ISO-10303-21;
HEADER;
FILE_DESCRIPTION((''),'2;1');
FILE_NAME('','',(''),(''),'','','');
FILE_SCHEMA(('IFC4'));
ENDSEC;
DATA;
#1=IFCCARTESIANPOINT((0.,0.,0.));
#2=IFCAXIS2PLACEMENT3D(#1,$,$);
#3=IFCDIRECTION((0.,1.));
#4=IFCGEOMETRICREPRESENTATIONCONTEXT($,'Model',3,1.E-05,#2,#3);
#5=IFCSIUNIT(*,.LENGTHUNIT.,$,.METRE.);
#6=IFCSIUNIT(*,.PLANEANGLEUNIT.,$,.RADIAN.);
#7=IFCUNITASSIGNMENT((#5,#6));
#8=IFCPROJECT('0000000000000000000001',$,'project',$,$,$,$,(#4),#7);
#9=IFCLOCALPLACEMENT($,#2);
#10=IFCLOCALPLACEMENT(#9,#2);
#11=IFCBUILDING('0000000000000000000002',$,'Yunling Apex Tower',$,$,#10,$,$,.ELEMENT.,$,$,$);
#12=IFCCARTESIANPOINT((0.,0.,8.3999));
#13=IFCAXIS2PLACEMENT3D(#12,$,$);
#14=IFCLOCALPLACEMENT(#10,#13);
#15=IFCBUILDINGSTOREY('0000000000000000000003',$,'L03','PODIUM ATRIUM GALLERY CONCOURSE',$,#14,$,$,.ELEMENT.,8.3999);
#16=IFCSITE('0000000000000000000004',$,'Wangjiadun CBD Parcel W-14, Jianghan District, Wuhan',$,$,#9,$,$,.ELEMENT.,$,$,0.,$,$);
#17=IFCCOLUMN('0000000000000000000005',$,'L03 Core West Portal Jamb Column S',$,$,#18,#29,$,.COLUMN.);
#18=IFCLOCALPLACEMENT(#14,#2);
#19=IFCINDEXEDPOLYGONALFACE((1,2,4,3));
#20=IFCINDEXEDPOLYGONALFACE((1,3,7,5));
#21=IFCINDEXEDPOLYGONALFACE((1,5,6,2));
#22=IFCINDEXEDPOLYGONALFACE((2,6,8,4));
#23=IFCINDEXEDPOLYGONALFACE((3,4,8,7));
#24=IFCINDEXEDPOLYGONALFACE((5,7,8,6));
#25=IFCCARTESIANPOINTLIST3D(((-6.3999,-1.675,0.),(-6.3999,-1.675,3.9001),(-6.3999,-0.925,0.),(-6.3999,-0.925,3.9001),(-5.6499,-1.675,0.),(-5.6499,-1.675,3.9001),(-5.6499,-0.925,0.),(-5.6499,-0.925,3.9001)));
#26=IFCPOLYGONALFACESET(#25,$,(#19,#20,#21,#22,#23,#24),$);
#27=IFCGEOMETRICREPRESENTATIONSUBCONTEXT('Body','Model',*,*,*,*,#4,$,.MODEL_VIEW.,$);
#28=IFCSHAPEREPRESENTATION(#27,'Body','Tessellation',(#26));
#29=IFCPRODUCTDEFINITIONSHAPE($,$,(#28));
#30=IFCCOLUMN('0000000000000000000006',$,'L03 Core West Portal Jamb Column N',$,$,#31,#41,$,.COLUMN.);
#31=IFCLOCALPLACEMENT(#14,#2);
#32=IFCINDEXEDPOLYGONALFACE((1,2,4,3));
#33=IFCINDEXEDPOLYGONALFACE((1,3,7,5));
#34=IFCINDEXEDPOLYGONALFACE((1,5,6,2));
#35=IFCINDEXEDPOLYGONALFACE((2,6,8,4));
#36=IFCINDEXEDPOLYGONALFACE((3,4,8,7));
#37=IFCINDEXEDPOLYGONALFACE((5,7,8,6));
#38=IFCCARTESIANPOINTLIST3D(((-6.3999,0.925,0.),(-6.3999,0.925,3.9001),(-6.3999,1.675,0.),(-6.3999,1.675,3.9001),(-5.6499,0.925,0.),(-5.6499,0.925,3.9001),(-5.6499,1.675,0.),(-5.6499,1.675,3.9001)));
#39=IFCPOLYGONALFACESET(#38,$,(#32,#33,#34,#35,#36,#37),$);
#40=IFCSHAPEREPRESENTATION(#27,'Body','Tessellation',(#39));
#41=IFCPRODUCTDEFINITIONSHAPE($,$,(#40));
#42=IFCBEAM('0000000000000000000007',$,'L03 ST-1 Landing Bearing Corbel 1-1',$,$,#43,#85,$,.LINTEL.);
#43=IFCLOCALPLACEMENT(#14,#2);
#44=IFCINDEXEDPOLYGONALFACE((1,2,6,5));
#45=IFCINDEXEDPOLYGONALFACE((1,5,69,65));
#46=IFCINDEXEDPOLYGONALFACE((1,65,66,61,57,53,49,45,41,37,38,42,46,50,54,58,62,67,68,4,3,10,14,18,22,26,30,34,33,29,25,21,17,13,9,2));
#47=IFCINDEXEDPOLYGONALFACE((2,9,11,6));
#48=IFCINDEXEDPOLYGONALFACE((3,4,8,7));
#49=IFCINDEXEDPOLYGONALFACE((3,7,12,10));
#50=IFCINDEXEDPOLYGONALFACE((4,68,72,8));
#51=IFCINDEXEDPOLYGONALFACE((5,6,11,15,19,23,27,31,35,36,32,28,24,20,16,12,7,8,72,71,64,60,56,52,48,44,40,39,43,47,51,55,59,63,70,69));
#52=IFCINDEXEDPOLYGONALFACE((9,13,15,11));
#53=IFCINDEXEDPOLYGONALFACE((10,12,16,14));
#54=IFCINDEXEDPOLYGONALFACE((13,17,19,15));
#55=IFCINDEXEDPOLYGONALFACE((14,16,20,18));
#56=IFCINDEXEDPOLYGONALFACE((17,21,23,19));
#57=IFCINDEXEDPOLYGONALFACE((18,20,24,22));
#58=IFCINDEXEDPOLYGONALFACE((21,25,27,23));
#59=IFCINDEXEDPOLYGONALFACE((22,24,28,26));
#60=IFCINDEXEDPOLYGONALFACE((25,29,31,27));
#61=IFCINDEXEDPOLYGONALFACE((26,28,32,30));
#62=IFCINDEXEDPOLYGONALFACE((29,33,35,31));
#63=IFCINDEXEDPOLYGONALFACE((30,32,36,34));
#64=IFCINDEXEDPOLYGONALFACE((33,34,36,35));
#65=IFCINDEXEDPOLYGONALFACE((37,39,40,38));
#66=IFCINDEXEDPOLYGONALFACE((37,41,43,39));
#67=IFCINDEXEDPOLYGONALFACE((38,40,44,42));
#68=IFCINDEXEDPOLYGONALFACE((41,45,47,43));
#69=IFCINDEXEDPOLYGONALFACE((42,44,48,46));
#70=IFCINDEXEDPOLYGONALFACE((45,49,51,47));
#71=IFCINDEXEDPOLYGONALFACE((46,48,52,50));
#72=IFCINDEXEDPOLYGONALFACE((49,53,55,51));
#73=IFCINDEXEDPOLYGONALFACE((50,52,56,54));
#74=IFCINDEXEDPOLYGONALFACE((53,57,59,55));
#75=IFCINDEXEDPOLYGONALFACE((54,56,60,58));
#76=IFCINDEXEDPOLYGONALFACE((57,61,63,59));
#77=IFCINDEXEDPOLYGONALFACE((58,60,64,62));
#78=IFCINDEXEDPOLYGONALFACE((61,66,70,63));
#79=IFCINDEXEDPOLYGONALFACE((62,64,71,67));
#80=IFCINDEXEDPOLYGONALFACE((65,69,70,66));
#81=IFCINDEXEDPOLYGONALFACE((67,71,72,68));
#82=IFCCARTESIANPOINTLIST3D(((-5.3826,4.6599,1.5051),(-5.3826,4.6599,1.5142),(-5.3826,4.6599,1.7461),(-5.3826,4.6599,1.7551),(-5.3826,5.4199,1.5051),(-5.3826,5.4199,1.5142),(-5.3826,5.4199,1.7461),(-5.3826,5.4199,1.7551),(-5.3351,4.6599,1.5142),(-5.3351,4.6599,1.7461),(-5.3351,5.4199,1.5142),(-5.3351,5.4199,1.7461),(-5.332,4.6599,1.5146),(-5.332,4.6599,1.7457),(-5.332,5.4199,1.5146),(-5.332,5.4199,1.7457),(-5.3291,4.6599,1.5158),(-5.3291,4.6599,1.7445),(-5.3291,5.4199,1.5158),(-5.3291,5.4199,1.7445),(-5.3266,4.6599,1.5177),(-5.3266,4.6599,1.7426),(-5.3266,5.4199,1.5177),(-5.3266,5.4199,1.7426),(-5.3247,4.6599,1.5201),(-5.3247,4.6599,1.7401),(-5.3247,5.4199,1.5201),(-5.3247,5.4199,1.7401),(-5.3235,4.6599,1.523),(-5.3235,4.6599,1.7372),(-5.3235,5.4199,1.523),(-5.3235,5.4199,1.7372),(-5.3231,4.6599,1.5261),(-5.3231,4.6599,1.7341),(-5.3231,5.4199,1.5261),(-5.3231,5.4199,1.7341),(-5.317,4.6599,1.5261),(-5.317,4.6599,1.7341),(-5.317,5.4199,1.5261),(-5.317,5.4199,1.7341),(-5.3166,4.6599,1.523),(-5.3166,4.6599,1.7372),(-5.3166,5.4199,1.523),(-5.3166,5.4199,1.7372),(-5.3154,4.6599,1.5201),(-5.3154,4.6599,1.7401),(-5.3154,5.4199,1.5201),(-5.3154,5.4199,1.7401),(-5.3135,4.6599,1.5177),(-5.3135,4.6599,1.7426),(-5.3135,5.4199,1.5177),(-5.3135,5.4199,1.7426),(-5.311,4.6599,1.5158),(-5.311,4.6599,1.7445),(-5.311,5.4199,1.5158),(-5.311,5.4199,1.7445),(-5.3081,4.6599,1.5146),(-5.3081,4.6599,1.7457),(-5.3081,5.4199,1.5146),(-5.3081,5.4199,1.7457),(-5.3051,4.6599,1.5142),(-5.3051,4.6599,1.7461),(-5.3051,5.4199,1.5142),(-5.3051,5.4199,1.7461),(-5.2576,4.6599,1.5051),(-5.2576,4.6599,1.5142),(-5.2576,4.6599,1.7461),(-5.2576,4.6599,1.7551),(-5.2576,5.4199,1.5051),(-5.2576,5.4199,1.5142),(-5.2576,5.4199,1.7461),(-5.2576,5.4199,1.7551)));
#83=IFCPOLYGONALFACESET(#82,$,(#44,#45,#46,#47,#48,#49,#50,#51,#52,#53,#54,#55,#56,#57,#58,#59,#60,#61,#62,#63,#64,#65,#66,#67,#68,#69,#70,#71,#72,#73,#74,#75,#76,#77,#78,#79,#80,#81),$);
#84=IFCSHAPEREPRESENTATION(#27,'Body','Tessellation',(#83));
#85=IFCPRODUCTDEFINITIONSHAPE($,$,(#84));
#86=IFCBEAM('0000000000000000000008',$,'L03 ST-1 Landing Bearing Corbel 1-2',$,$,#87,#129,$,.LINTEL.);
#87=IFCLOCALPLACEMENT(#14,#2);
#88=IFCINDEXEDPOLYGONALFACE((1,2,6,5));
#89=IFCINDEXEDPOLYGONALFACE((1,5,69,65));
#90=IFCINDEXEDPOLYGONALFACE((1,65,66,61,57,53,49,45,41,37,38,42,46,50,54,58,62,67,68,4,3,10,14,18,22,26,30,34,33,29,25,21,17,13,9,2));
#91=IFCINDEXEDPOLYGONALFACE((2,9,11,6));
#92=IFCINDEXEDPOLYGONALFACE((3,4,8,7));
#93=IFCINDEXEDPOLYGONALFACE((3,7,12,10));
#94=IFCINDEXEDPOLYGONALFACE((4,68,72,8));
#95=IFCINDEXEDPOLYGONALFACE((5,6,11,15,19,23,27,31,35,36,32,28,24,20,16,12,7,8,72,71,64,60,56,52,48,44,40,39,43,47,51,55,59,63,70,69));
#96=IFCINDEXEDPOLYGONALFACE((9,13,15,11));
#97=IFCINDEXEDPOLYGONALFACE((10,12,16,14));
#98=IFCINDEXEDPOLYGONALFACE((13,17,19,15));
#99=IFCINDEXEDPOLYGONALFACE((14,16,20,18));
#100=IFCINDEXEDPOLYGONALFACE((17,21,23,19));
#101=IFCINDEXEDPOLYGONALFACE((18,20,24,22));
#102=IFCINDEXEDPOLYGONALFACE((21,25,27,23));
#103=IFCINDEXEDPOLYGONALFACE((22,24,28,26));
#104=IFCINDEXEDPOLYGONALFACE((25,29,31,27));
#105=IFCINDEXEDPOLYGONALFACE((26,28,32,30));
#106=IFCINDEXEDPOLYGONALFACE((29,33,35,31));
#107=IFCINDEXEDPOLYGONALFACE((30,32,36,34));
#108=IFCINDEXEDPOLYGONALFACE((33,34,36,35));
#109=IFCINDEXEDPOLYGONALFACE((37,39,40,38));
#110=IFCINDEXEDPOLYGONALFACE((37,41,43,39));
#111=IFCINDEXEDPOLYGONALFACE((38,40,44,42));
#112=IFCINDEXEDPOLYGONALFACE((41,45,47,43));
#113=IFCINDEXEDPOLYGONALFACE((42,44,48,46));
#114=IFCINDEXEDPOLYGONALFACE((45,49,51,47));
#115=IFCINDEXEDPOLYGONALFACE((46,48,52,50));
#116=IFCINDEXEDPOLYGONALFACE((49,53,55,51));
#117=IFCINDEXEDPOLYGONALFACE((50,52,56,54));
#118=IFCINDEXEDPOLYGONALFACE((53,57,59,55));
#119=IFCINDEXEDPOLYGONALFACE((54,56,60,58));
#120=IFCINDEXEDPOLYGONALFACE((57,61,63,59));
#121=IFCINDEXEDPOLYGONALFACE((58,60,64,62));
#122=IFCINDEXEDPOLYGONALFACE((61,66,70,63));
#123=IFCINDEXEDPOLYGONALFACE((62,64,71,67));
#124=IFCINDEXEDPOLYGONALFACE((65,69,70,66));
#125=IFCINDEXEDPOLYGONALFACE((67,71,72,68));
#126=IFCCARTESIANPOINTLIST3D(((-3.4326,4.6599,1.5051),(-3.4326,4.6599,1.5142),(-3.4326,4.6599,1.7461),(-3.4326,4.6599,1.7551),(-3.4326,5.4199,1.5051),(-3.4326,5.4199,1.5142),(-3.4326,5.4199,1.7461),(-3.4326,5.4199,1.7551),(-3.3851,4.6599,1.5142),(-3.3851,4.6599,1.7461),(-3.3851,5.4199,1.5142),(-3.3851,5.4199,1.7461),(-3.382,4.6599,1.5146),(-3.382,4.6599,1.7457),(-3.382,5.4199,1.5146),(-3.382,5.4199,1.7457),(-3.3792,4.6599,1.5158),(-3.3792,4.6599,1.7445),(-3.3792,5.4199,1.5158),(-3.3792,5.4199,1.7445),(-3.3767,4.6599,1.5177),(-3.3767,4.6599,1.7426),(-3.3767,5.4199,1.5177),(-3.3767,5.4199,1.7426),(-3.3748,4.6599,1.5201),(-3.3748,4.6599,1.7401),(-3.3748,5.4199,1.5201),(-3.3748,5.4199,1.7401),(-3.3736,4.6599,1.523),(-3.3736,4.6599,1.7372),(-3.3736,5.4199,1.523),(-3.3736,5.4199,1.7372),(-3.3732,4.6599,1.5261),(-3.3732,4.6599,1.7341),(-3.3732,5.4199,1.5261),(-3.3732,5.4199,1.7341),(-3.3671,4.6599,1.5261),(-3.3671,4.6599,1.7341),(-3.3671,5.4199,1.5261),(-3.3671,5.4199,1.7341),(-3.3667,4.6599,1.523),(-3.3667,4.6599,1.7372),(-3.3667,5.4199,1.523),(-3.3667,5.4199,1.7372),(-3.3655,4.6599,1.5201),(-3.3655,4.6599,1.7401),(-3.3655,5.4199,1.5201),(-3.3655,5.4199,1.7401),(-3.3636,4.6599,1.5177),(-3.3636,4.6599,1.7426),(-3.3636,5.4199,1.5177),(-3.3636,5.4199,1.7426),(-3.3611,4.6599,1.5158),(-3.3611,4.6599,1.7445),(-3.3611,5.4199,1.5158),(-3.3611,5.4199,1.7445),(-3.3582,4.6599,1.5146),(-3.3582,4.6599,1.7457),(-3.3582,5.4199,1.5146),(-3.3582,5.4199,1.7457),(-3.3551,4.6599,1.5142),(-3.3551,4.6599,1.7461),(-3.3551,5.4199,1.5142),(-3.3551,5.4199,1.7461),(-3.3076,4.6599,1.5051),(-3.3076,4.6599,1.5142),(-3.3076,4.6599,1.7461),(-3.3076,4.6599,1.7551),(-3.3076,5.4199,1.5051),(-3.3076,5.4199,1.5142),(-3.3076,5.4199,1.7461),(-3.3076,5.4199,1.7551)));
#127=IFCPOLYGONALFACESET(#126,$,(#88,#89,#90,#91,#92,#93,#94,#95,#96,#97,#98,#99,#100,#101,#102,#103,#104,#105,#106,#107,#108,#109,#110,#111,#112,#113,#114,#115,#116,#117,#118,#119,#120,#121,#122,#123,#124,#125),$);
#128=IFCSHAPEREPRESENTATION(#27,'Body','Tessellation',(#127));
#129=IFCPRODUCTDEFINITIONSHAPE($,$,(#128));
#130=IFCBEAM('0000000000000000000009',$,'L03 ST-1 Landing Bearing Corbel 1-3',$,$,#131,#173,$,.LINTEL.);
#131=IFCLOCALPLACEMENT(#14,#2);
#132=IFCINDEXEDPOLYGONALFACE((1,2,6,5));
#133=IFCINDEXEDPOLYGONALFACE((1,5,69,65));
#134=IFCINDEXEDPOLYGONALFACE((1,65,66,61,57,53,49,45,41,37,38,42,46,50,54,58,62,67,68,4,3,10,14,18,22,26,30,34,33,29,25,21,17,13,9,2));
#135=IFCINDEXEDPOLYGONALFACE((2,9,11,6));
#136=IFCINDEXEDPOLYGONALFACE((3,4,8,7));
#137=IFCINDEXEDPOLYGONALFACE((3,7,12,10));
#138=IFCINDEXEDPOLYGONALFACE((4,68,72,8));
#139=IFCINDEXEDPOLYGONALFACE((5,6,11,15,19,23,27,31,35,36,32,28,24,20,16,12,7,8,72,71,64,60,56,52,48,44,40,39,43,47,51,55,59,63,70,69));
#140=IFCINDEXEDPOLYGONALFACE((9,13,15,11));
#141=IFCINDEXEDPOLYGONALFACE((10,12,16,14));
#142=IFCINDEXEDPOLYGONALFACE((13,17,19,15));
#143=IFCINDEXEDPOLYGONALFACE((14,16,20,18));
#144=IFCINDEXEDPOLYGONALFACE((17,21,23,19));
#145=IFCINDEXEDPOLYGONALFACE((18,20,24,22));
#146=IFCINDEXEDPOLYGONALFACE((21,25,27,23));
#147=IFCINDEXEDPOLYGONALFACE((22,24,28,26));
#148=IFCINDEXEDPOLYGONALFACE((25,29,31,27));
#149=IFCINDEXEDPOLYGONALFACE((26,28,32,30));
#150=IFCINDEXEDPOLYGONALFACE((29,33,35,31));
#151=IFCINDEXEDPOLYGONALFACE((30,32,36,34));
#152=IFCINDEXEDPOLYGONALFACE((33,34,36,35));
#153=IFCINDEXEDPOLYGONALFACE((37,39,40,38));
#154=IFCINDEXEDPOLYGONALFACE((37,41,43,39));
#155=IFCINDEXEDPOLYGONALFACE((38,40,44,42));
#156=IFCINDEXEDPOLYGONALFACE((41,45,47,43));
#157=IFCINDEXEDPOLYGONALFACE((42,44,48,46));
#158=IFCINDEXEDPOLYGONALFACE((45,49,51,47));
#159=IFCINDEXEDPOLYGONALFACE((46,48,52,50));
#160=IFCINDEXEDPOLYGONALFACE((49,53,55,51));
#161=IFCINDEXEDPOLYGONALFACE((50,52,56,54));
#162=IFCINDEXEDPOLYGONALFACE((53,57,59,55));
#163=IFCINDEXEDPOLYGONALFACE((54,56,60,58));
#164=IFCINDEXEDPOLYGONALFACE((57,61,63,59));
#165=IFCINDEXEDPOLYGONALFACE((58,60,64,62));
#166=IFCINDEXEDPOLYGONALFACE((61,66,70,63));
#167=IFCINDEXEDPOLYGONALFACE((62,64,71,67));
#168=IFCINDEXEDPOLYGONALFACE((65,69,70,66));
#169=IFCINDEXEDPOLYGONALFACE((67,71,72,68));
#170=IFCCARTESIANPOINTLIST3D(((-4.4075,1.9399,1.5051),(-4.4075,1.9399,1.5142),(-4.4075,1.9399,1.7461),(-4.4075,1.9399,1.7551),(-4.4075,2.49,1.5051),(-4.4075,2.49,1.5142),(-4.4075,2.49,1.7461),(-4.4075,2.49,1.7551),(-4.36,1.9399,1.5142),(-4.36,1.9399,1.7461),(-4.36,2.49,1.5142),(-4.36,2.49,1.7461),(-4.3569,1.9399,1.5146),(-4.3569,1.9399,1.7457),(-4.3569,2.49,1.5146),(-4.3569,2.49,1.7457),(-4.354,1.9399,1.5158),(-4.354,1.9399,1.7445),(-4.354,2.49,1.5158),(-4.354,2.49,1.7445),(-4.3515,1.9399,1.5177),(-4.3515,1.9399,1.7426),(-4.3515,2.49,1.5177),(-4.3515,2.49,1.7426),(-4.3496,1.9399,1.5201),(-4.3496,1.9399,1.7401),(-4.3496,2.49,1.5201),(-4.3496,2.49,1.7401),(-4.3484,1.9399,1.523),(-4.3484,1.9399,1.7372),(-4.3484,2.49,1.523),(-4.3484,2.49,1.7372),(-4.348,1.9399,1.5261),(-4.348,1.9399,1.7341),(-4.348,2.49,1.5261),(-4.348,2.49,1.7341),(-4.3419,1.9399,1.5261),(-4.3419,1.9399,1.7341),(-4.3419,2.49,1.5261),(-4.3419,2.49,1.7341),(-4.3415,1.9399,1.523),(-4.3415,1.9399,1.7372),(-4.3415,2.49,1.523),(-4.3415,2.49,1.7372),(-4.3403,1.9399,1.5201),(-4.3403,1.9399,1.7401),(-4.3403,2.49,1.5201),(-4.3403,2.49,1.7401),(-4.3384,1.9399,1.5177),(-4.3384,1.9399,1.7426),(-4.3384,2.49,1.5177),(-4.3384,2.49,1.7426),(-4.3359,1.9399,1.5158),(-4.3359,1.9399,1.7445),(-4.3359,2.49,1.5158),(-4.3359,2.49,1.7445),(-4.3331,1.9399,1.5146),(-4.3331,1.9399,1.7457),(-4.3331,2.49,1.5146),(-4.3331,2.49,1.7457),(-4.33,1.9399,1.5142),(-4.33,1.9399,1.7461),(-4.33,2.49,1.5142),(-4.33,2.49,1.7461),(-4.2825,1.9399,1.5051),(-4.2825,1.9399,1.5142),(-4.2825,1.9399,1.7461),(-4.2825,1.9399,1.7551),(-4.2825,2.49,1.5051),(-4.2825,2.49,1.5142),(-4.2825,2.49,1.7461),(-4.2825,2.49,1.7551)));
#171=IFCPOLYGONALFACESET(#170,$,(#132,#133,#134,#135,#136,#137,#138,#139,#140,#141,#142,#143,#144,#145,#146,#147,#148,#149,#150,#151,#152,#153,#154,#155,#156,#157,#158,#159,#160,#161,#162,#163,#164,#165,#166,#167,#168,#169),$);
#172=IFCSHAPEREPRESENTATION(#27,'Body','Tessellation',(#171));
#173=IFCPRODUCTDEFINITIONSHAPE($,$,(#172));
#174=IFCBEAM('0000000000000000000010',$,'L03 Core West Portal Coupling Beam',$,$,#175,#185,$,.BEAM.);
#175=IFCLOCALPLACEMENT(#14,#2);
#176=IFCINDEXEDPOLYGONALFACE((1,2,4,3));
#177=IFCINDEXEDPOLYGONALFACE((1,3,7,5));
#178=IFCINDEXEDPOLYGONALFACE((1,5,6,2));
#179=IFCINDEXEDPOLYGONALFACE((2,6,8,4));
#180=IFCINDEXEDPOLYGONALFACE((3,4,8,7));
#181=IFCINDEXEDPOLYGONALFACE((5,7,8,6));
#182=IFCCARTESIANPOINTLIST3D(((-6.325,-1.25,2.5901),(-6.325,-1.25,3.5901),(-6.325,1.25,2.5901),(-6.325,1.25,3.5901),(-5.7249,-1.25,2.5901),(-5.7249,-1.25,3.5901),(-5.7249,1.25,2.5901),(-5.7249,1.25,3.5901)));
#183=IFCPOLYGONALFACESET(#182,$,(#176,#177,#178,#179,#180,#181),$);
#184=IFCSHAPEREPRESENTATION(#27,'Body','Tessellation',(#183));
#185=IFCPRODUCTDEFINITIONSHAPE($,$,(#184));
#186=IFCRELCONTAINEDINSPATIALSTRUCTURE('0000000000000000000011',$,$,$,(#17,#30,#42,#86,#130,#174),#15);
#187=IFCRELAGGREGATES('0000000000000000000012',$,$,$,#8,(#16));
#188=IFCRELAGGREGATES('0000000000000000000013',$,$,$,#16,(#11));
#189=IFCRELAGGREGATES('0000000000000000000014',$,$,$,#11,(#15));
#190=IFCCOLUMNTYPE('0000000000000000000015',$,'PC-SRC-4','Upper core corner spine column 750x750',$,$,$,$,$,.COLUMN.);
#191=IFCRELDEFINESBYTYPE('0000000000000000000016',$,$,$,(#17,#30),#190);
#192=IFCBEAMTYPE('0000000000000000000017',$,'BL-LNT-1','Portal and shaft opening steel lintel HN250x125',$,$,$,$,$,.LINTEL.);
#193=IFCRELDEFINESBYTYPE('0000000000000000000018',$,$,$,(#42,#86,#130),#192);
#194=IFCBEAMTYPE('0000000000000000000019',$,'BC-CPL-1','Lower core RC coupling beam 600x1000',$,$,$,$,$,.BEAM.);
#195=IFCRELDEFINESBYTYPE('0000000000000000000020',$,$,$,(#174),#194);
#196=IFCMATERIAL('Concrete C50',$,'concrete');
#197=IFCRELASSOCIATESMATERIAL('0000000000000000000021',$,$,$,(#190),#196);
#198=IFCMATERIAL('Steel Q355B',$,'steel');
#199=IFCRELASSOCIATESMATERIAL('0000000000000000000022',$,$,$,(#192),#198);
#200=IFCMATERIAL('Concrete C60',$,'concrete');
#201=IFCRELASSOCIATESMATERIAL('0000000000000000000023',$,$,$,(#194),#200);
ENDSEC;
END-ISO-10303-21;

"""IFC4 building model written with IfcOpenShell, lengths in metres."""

from ifc_helpers import new_model, si_unit, direction, frame, origin, origin_2d, place, context, subcontext, project, spatial, rectangle, i_section, extrude, source, transform, mapped, material, material_profile, profile_set, type_object, element, save


model = new_model("IFC4")

# Units and contexts
model_context = context("Model", 3, precision=1e-05, world=origin(), true_north=direction((0.0, 1.0)))
body_context = subcontext(model_context, "Body", "Model", "MODEL_VIEW")
ifc_project = project(units=[si_unit("LENGTHUNIT", "METRE"), si_unit("PLANEANGLEUNIT", "RADIAN")], contexts=[model_context])

# Site, building, storey
site_placement = place(None, origin())
site = spatial("IfcSite", under=ifc_project, at=site_placement, Name="Wangjiadun CBD Parcel W-14, Jianghan District, Wuhan", CompositionType="ELEMENT", RefElevation=0.0)
building_placement = place(site_placement, origin())
building = spatial("IfcBuilding", under=site, at=building_placement, Name="Yunling Apex Tower", CompositionType="ELEMENT")
storey_placement = place(building_placement, frame((0.0, 0.0, 8.3999)))
storey = spatial("IfcBuildingStorey", under=building, at=storey_placement, Name="L03", Description="PODIUM ATRIUM GALLERY CONCOURSE", CompositionType="ELEMENT", Elevation=8.3999)

# Columns
ifc_material_1 = material(Name="Concrete C50", Category="concrete")
ifc_material_profile_1 = material_profile(ifc_material_1, rectangle(XDim=0.75, YDim=0.75, at=origin_2d()))
ifc_profile_set_1 = profile_set([ifc_material_profile_1], Name="Concrete C50")
column_type = type_object("IfcColumnType", Name="PC-SRC-4", Description="Upper core corner spine column 750x750", PredefinedType="COLUMN", material=ifc_profile_set_1)
shared_shape_1 = source(origin(), body_context, "Body", "SweptSolid", [
    extrude(rectangle(XDim=0.75, YDim=0.75, at=origin_2d()), origin(), (0.0, 0.0, 1.0), 3.9001),
])
for number, where, z_axis, x_axis, name in (
    (1, (-6.0249, -1.3, 0.0), (0.0, 0.0, 1.0), (1.0, 0.0, 0.0), "L03 Core West Portal Jamb Column S"),
    (2, (-6.0249, 1.3, 0.0), (0.0, 0.0, 1.0), (1.0, 0.0, 0.0), "L03 Core West Portal Jamb Column N"),
):
    element("IfcColumn", number, at=place(storey_placement, frame(where, z_axis=z_axis, x_axis=x_axis)), inside=storey, type_object=column_type, Name=name, PredefinedType="COLUMN", context=body_context, shape_type="MappedRepresentation", body=[
        mapped(shared_shape_1, transform((0.0, 0.0, 0.0), scale=1.0)),
    ])

# Beams
ifc_material_2 = material(Name="Steel Q355B", Category="steel")
ifc_material_profile_2 = material_profile(ifc_material_2, i_section(OverallWidth=0.125, OverallDepth=0.25, WebThickness=0.0061, FlangeThickness=0.009, FilletRadius=0.012, at=origin_2d()))
ifc_profile_set_2 = profile_set([ifc_material_profile_2], Name="Steel Q355B")
beam_type_1 = type_object("IfcBeamType", Name="BL-LNT-1", Description="Portal and shaft opening steel lintel HN250x125", PredefinedType="LINTEL", material=ifc_profile_set_2)
shared_shape_2 = source(origin(), body_context, "Body", "SweptSolid", [
    extrude(i_section(OverallWidth=0.125, OverallDepth=0.25, WebThickness=0.0061, FlangeThickness=0.009, FilletRadius=0.012, at=origin_2d()), origin(), (0.0, 0.0, 1.0), 0.76),
])
for number, where, z_axis, x_axis, name in (
    (3, (-5.3201, 5.4199, 1.6301), (0.0, -1.0, 0.0), (1.0, 0.0, 0.0), "L03 ST-1 Landing Bearing Corbel 1-1"),
    (4, (-3.3701, 5.4199, 1.6301), (0.0, -1.0, 0.0), (1.0, 0.0, 0.0), "L03 ST-1 Landing Bearing Corbel 1-2"),
):
    element("IfcBeam", number, at=place(storey_placement, frame(where, z_axis=z_axis, x_axis=x_axis)), inside=storey, type_object=beam_type_1, Name=name, PredefinedType="LINTEL", context=body_context, shape_type="MappedRepresentation", body=[
        mapped(shared_shape_2, transform((0.0, 0.0, 0.0), scale=1.0)),
    ])
shared_shape_3 = source(origin(), body_context, "Body", "SweptSolid", [
    extrude(i_section(OverallWidth=0.125, OverallDepth=0.25, WebThickness=0.0061, FlangeThickness=0.009, FilletRadius=0.012, at=origin_2d()), origin(), (0.0, 0.0, 1.0), 0.55),
])
beam_1_placement = place(storey_placement, frame((-4.345, 1.9399, 1.6301), z_axis=(0.0, 1.0, 0.0), x_axis=(-1.0, 0.0, 0.0)))
element("IfcBeam", 5, at=beam_1_placement, inside=storey, type_object=beam_type_1, Name="L03 ST-1 Landing Bearing Corbel 1-3", PredefinedType="LINTEL", context=body_context, shape_type="MappedRepresentation", body=[
    mapped(shared_shape_3, transform((0.0, 0.0, 0.0), scale=1.0)),
])
ifc_material_3 = material(Name="Concrete C60", Category="concrete")
ifc_material_profile_3 = material_profile(ifc_material_3, rectangle(XDim=0.6001, YDim=1.0, at=origin_2d()))
ifc_profile_set_3 = profile_set([ifc_material_profile_3], Name="Concrete C60")
beam_type_2 = type_object("IfcBeamType", Name="BC-CPL-1", Description="Lower core RC coupling beam 600x1000", PredefinedType="BEAM", material=ifc_profile_set_3)
shared_shape_4 = source(origin(), body_context, "Body", "SweptSolid", [
    extrude(rectangle(XDim=0.6001, YDim=1.0, at=origin_2d()), origin(), (0.0, 0.0, 1.0), 2.5),
])
beam_2_placement = place(storey_placement, frame((-6.0249, -1.25, 3.0901), z_axis=(0.0, 1.0, 0.0), x_axis=(-1.0, 0.0, 0.0)))
element("IfcBeam", 6, at=beam_2_placement, inside=storey, type_object=beam_type_2, Name="L03 Core West Portal Coupling Beam", PredefinedType="BEAM", context=body_context, shape_type="MappedRepresentation", body=[
    mapped(shared_shape_4, transform((0.0, 0.0, 0.0), scale=1.0)),
])

save(model, "model.ifc")
